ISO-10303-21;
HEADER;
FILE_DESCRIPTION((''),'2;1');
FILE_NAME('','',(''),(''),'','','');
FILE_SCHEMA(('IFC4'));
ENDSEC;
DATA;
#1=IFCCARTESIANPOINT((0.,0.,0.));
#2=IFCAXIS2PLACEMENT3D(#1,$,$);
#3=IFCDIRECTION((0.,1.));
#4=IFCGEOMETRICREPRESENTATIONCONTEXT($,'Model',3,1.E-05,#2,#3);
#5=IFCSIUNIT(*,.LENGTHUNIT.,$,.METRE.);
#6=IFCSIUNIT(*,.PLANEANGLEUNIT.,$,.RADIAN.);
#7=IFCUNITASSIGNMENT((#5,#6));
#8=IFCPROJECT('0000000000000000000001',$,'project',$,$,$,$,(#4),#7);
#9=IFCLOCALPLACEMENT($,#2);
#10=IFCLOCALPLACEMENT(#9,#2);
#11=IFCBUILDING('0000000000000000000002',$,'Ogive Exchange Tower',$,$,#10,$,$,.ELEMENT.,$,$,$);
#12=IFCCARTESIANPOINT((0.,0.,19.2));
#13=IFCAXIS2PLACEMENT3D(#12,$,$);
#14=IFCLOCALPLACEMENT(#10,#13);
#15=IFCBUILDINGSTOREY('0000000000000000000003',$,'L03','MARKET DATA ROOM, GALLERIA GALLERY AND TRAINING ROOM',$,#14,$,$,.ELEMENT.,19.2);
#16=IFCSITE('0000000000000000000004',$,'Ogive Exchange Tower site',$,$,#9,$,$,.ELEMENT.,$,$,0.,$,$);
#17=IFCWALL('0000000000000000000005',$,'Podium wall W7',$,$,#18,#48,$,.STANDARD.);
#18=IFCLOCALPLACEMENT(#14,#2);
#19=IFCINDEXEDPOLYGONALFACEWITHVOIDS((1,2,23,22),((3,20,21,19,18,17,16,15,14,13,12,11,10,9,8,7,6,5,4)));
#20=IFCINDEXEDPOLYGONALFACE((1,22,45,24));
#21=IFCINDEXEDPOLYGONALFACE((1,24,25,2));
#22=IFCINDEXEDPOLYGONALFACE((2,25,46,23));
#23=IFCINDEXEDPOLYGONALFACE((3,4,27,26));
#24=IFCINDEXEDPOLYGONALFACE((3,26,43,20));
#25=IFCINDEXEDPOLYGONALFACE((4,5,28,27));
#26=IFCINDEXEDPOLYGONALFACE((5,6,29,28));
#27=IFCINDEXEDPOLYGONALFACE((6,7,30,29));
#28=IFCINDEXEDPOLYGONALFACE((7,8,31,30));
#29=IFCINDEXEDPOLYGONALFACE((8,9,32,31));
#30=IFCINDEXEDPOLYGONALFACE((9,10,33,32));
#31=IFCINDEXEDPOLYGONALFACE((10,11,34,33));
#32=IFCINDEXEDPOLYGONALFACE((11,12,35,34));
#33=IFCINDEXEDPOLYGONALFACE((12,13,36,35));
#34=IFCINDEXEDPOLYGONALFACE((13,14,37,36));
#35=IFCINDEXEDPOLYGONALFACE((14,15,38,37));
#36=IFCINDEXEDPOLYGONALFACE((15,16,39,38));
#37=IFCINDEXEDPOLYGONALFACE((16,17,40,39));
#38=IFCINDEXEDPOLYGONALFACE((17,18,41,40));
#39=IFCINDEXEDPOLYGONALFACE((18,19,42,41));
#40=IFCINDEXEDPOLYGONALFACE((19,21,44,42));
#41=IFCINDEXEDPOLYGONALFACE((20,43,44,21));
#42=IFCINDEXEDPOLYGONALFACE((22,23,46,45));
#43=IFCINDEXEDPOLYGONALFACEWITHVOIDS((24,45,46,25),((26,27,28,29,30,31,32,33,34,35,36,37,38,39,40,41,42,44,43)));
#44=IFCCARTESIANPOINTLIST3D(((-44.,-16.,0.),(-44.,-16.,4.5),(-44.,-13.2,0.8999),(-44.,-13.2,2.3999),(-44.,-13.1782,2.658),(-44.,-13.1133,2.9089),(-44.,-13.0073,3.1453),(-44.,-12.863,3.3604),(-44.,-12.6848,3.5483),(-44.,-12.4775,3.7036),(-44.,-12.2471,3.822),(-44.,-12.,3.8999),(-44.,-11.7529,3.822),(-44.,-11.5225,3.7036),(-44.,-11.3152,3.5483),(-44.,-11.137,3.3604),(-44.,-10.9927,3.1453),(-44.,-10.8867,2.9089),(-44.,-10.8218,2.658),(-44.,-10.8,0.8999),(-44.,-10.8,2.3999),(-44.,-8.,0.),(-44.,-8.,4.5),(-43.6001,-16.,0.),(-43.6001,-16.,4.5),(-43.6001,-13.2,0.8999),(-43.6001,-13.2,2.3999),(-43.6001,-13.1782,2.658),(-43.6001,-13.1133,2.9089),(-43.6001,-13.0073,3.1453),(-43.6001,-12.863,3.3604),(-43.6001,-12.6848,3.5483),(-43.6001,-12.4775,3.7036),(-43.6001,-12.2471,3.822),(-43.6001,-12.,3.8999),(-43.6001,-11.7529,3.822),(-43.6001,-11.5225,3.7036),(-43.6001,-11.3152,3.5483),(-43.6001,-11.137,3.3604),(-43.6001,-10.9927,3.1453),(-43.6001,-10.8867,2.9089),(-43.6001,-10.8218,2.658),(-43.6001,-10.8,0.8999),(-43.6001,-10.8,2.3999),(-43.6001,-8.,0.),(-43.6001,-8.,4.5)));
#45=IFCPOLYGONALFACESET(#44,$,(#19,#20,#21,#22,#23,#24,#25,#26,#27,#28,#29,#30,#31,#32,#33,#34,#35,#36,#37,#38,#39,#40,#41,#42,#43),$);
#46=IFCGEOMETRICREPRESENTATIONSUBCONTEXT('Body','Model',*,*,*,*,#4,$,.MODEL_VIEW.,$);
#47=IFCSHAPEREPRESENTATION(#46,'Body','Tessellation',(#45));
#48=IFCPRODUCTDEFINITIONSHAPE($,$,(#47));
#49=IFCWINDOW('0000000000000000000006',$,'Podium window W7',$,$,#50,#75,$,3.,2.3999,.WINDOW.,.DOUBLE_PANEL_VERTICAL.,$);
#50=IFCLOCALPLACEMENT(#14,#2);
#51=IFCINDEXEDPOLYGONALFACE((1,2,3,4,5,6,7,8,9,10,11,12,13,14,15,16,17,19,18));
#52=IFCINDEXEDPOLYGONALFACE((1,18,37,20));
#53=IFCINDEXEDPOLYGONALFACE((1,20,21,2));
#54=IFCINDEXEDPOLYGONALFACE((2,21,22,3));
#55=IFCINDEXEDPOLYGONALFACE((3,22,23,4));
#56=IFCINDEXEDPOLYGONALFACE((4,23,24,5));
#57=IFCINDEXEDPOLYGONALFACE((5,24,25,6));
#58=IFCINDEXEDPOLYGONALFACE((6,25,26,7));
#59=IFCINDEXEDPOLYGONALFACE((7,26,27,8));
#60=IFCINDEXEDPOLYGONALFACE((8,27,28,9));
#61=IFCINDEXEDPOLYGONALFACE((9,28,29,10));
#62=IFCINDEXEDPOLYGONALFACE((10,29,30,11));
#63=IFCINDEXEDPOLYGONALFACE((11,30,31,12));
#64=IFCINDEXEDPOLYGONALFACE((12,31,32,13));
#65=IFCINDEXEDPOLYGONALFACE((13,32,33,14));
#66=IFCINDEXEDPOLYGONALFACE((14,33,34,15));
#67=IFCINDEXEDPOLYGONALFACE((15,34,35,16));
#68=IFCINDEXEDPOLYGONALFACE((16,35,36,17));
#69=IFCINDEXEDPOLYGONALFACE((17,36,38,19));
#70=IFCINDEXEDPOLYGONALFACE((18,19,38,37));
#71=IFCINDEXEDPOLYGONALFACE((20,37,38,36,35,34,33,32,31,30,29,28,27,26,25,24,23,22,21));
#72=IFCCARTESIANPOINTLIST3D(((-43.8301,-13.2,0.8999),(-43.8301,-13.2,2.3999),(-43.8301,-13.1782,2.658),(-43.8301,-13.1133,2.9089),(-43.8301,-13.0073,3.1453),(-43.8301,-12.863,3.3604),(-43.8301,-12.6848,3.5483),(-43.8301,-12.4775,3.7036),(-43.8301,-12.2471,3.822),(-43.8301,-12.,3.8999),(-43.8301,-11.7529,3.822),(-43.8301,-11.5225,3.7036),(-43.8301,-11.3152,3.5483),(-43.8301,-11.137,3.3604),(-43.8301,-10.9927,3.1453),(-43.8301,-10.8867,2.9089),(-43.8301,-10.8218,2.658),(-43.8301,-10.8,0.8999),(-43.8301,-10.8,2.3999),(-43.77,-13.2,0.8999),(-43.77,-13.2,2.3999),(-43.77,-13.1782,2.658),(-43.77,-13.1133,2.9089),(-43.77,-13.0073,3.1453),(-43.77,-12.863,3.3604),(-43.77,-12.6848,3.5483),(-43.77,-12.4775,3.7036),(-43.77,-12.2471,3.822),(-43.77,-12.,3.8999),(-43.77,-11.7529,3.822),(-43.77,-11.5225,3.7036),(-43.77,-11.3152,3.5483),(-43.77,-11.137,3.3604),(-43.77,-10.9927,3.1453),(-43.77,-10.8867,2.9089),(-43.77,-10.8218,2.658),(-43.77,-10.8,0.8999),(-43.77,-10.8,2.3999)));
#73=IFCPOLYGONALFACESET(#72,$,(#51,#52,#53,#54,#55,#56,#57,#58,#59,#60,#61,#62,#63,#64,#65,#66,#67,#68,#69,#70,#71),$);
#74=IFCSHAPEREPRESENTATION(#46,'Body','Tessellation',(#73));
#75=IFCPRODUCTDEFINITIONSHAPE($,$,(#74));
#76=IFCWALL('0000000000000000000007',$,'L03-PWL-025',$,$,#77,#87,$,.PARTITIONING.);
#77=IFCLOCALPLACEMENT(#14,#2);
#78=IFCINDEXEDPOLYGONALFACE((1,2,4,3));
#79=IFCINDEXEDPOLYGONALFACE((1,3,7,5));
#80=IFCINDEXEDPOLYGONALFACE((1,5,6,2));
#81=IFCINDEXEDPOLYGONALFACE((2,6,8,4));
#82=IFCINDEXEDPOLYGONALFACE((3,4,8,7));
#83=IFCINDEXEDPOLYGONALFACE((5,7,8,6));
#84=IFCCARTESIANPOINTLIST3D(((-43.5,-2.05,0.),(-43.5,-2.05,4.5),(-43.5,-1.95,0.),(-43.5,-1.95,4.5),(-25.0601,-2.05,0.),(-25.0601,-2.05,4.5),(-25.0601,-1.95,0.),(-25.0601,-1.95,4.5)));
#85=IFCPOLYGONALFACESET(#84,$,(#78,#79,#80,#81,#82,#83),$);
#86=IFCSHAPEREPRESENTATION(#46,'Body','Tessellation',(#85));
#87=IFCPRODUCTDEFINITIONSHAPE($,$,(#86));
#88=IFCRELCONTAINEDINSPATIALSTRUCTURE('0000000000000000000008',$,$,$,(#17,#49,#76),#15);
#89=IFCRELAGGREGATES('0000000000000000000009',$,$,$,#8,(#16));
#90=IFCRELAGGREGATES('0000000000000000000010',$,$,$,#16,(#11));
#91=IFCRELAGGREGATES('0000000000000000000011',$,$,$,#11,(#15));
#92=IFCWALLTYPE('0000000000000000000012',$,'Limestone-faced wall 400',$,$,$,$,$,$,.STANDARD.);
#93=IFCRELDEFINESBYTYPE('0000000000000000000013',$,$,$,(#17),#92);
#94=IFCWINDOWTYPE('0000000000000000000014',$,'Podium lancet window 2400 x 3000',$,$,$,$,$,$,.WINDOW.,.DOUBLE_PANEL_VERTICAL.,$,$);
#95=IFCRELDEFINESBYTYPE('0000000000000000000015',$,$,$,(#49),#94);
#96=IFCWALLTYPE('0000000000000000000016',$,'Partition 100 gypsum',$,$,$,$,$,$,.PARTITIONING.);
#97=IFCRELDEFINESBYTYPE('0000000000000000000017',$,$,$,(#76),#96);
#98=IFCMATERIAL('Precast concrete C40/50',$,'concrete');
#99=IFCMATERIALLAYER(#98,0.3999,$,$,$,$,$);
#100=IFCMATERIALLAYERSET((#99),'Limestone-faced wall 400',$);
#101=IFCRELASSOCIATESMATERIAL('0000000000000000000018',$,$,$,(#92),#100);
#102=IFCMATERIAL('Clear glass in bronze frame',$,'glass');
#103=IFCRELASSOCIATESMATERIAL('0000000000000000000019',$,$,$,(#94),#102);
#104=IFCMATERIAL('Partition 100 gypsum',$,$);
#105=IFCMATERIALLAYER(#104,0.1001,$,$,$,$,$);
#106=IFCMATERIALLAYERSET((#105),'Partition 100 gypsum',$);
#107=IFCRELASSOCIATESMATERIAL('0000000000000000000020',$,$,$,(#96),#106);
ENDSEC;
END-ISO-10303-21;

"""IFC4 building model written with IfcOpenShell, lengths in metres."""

from ifc_helpers import new_model, si_unit, direction, frame, frame_2d, origin, place, context, subcontext, project, spatial, polyline, rectangle, outline, extrude, material, layer, layer_set, type_object, element, fill, save


model = new_model("IFC4")

# Units and contexts
model_context = context("Model", 3, precision=1e-05, world=origin(), true_north=direction((0.0, 1.0)))
body_context = subcontext(model_context, "Body", "Model", "MODEL_VIEW")
ifc_project = project(units=[si_unit("LENGTHUNIT", "METRE"), si_unit("PLANEANGLEUNIT", "RADIAN")], contexts=[model_context])

# Site, building, storey
site_placement = place(None, origin())
site = spatial("IfcSite", under=ifc_project, at=site_placement, Name="Ogive Exchange Tower site", CompositionType="ELEMENT", RefElevation=0.0)
building_placement = place(site_placement, origin())
building = spatial("IfcBuilding", under=site, at=building_placement, Name="Ogive Exchange Tower", CompositionType="ELEMENT")
storey_placement = place(building_placement, frame((0.0, 0.0, 19.2)))
storey = spatial("IfcBuildingStorey", under=building, at=storey_placement, Name="L03", Description="MARKET DATA ROOM, GALLERIA GALLERY AND TRAINING ROOM", CompositionType="ELEMENT", Elevation=19.2)

# Wall, opening, window
ifc_material_1 = material(Name="Precast concrete C40/50", Category="concrete")
ifc_layer_1 = layer(ifc_material_1, 0.3999)
ifc_layer_set_1 = layer_set([ifc_layer_1], Name="Limestone-faced wall 400")
wall_type_1 = type_object("IfcWallType", Name="Limestone-faced wall 400", PredefinedType="STANDARD", material=ifc_layer_set_1)
ifc_material_2 = material(Name="Clear glass in bronze frame", Category="glass")
window_type = type_object("IfcWindowType", Name="Podium lancet window 2400 x 3000", PartitioningType="DOUBLE_PANEL_VERTICAL", PredefinedType="WINDOW", material=ifc_material_2)
wall_1_placement = place(storey_placement, frame((-43.8, -8.0, 0.0), z_axis=(0.0, 0.0, 1.0), x_axis=(0.0, -1.0, 0.0)))
wall_1 = element("IfcWall", 1, at=wall_1_placement, inside=storey, type_object=wall_type_1, Name="Podium wall W7", PredefinedType="STANDARD", context=body_context, shape_type="SweptSolid", body=[
    extrude(rectangle(XDim=8.0, YDim=0.3999, at=frame_2d((4.0, 0.0))), origin(), (0.0, 0.0, 1.0), 4.5),
])
opening_1_placement = place(wall_1_placement, frame((2.8, 0.0, 0.8999)))
opening_1 = element("IfcOpeningElement", 2, at=opening_1_placement, cuts=wall_1, PredefinedType="OPENING", context=body_context, shape_type="SweptSolid", body=[
    extrude(outline(polyline([(0.0, 0.0), (2.3999, 0.0), (2.3999, 1.5), (2.3782, 1.7581), (2.3132, 2.009), (2.2073, 2.2454), (2.063, 2.4604), (1.8848, 2.6484), (1.6775, 2.8037), (1.447, 2.9221), (1.2, 3.0), (0.9529, 2.9221), (0.7224, 2.8037), (0.5151, 2.6484), (0.3369, 2.4604), (0.1926, 2.2454), (0.0867, 2.009), (0.0217, 1.7581), (0.0, 1.5), (0.0, 0.0)])), frame((0.0, 0.21, 0.0), z_axis=(0.0, -1.0, 0.0), x_axis=(1.0, 0.0, 0.0)), (0.0, 0.0, 1.0), 0.4199),
])
window_1_placement = place(opening_1_placement, origin())
window_1 = element("IfcWindow", 3, at=window_1_placement, inside=storey, type_object=window_type, Name="Podium window W7", OverallHeight=3.0, OverallWidth=2.3999, PartitioningType="DOUBLE_PANEL_VERTICAL", PredefinedType="WINDOW", context=body_context, shape_type="SweptSolid", body=[
    extrude(outline(polyline([(0.0, 0.0), (2.3999, 0.0), (2.3999, 1.5), (2.3782, 1.7581), (2.3132, 2.009), (2.2073, 2.2454), (2.063, 2.4604), (1.8848, 2.6484), (1.6775, 2.8037), (1.447, 2.9221), (1.2, 3.0), (0.9529, 2.9221), (0.7224, 2.8037), (0.5151, 2.6484), (0.3369, 2.4604), (0.1926, 2.2454), (0.0867, 2.009), (0.0217, 1.7581), (0.0, 1.5), (0.0, 0.0)])), frame((0.0, 0.03, 0.0), z_axis=(0.0, -1.0, 0.0), x_axis=(1.0, 0.0, 0.0)), (0.0, 0.0, 1.0), 0.0601),
])
fill(opening_1, window_1)

# Wall
ifc_material_3 = material(Name="Partition 100 gypsum")
ifc_layer_2 = layer(ifc_material_3, 0.1001)
ifc_layer_set_2 = layer_set([ifc_layer_2], Name="Partition 100 gypsum")
wall_type_2 = type_object("IfcWallType", Name="Partition 100 gypsum", PredefinedType="PARTITIONING", material=ifc_layer_set_2)
wall_2_placement = place(storey_placement, frame((-43.5, -2.0, 0.0), z_axis=(0.0, 0.0, 1.0), x_axis=(1.0, 0.0, 0.0)))
element("IfcWall", 4, at=wall_2_placement, inside=storey, type_object=wall_type_2, Name="L03-PWL-025", PredefinedType="PARTITIONING", context=body_context, shape_type="SweptSolid", body=[
    extrude(rectangle(XDim=18.4399, YDim=0.1001, at=frame_2d((9.22, 0.0))), origin(), (0.0, 0.0, 1.0), 4.5),
])

save(model, "model.ifc")
